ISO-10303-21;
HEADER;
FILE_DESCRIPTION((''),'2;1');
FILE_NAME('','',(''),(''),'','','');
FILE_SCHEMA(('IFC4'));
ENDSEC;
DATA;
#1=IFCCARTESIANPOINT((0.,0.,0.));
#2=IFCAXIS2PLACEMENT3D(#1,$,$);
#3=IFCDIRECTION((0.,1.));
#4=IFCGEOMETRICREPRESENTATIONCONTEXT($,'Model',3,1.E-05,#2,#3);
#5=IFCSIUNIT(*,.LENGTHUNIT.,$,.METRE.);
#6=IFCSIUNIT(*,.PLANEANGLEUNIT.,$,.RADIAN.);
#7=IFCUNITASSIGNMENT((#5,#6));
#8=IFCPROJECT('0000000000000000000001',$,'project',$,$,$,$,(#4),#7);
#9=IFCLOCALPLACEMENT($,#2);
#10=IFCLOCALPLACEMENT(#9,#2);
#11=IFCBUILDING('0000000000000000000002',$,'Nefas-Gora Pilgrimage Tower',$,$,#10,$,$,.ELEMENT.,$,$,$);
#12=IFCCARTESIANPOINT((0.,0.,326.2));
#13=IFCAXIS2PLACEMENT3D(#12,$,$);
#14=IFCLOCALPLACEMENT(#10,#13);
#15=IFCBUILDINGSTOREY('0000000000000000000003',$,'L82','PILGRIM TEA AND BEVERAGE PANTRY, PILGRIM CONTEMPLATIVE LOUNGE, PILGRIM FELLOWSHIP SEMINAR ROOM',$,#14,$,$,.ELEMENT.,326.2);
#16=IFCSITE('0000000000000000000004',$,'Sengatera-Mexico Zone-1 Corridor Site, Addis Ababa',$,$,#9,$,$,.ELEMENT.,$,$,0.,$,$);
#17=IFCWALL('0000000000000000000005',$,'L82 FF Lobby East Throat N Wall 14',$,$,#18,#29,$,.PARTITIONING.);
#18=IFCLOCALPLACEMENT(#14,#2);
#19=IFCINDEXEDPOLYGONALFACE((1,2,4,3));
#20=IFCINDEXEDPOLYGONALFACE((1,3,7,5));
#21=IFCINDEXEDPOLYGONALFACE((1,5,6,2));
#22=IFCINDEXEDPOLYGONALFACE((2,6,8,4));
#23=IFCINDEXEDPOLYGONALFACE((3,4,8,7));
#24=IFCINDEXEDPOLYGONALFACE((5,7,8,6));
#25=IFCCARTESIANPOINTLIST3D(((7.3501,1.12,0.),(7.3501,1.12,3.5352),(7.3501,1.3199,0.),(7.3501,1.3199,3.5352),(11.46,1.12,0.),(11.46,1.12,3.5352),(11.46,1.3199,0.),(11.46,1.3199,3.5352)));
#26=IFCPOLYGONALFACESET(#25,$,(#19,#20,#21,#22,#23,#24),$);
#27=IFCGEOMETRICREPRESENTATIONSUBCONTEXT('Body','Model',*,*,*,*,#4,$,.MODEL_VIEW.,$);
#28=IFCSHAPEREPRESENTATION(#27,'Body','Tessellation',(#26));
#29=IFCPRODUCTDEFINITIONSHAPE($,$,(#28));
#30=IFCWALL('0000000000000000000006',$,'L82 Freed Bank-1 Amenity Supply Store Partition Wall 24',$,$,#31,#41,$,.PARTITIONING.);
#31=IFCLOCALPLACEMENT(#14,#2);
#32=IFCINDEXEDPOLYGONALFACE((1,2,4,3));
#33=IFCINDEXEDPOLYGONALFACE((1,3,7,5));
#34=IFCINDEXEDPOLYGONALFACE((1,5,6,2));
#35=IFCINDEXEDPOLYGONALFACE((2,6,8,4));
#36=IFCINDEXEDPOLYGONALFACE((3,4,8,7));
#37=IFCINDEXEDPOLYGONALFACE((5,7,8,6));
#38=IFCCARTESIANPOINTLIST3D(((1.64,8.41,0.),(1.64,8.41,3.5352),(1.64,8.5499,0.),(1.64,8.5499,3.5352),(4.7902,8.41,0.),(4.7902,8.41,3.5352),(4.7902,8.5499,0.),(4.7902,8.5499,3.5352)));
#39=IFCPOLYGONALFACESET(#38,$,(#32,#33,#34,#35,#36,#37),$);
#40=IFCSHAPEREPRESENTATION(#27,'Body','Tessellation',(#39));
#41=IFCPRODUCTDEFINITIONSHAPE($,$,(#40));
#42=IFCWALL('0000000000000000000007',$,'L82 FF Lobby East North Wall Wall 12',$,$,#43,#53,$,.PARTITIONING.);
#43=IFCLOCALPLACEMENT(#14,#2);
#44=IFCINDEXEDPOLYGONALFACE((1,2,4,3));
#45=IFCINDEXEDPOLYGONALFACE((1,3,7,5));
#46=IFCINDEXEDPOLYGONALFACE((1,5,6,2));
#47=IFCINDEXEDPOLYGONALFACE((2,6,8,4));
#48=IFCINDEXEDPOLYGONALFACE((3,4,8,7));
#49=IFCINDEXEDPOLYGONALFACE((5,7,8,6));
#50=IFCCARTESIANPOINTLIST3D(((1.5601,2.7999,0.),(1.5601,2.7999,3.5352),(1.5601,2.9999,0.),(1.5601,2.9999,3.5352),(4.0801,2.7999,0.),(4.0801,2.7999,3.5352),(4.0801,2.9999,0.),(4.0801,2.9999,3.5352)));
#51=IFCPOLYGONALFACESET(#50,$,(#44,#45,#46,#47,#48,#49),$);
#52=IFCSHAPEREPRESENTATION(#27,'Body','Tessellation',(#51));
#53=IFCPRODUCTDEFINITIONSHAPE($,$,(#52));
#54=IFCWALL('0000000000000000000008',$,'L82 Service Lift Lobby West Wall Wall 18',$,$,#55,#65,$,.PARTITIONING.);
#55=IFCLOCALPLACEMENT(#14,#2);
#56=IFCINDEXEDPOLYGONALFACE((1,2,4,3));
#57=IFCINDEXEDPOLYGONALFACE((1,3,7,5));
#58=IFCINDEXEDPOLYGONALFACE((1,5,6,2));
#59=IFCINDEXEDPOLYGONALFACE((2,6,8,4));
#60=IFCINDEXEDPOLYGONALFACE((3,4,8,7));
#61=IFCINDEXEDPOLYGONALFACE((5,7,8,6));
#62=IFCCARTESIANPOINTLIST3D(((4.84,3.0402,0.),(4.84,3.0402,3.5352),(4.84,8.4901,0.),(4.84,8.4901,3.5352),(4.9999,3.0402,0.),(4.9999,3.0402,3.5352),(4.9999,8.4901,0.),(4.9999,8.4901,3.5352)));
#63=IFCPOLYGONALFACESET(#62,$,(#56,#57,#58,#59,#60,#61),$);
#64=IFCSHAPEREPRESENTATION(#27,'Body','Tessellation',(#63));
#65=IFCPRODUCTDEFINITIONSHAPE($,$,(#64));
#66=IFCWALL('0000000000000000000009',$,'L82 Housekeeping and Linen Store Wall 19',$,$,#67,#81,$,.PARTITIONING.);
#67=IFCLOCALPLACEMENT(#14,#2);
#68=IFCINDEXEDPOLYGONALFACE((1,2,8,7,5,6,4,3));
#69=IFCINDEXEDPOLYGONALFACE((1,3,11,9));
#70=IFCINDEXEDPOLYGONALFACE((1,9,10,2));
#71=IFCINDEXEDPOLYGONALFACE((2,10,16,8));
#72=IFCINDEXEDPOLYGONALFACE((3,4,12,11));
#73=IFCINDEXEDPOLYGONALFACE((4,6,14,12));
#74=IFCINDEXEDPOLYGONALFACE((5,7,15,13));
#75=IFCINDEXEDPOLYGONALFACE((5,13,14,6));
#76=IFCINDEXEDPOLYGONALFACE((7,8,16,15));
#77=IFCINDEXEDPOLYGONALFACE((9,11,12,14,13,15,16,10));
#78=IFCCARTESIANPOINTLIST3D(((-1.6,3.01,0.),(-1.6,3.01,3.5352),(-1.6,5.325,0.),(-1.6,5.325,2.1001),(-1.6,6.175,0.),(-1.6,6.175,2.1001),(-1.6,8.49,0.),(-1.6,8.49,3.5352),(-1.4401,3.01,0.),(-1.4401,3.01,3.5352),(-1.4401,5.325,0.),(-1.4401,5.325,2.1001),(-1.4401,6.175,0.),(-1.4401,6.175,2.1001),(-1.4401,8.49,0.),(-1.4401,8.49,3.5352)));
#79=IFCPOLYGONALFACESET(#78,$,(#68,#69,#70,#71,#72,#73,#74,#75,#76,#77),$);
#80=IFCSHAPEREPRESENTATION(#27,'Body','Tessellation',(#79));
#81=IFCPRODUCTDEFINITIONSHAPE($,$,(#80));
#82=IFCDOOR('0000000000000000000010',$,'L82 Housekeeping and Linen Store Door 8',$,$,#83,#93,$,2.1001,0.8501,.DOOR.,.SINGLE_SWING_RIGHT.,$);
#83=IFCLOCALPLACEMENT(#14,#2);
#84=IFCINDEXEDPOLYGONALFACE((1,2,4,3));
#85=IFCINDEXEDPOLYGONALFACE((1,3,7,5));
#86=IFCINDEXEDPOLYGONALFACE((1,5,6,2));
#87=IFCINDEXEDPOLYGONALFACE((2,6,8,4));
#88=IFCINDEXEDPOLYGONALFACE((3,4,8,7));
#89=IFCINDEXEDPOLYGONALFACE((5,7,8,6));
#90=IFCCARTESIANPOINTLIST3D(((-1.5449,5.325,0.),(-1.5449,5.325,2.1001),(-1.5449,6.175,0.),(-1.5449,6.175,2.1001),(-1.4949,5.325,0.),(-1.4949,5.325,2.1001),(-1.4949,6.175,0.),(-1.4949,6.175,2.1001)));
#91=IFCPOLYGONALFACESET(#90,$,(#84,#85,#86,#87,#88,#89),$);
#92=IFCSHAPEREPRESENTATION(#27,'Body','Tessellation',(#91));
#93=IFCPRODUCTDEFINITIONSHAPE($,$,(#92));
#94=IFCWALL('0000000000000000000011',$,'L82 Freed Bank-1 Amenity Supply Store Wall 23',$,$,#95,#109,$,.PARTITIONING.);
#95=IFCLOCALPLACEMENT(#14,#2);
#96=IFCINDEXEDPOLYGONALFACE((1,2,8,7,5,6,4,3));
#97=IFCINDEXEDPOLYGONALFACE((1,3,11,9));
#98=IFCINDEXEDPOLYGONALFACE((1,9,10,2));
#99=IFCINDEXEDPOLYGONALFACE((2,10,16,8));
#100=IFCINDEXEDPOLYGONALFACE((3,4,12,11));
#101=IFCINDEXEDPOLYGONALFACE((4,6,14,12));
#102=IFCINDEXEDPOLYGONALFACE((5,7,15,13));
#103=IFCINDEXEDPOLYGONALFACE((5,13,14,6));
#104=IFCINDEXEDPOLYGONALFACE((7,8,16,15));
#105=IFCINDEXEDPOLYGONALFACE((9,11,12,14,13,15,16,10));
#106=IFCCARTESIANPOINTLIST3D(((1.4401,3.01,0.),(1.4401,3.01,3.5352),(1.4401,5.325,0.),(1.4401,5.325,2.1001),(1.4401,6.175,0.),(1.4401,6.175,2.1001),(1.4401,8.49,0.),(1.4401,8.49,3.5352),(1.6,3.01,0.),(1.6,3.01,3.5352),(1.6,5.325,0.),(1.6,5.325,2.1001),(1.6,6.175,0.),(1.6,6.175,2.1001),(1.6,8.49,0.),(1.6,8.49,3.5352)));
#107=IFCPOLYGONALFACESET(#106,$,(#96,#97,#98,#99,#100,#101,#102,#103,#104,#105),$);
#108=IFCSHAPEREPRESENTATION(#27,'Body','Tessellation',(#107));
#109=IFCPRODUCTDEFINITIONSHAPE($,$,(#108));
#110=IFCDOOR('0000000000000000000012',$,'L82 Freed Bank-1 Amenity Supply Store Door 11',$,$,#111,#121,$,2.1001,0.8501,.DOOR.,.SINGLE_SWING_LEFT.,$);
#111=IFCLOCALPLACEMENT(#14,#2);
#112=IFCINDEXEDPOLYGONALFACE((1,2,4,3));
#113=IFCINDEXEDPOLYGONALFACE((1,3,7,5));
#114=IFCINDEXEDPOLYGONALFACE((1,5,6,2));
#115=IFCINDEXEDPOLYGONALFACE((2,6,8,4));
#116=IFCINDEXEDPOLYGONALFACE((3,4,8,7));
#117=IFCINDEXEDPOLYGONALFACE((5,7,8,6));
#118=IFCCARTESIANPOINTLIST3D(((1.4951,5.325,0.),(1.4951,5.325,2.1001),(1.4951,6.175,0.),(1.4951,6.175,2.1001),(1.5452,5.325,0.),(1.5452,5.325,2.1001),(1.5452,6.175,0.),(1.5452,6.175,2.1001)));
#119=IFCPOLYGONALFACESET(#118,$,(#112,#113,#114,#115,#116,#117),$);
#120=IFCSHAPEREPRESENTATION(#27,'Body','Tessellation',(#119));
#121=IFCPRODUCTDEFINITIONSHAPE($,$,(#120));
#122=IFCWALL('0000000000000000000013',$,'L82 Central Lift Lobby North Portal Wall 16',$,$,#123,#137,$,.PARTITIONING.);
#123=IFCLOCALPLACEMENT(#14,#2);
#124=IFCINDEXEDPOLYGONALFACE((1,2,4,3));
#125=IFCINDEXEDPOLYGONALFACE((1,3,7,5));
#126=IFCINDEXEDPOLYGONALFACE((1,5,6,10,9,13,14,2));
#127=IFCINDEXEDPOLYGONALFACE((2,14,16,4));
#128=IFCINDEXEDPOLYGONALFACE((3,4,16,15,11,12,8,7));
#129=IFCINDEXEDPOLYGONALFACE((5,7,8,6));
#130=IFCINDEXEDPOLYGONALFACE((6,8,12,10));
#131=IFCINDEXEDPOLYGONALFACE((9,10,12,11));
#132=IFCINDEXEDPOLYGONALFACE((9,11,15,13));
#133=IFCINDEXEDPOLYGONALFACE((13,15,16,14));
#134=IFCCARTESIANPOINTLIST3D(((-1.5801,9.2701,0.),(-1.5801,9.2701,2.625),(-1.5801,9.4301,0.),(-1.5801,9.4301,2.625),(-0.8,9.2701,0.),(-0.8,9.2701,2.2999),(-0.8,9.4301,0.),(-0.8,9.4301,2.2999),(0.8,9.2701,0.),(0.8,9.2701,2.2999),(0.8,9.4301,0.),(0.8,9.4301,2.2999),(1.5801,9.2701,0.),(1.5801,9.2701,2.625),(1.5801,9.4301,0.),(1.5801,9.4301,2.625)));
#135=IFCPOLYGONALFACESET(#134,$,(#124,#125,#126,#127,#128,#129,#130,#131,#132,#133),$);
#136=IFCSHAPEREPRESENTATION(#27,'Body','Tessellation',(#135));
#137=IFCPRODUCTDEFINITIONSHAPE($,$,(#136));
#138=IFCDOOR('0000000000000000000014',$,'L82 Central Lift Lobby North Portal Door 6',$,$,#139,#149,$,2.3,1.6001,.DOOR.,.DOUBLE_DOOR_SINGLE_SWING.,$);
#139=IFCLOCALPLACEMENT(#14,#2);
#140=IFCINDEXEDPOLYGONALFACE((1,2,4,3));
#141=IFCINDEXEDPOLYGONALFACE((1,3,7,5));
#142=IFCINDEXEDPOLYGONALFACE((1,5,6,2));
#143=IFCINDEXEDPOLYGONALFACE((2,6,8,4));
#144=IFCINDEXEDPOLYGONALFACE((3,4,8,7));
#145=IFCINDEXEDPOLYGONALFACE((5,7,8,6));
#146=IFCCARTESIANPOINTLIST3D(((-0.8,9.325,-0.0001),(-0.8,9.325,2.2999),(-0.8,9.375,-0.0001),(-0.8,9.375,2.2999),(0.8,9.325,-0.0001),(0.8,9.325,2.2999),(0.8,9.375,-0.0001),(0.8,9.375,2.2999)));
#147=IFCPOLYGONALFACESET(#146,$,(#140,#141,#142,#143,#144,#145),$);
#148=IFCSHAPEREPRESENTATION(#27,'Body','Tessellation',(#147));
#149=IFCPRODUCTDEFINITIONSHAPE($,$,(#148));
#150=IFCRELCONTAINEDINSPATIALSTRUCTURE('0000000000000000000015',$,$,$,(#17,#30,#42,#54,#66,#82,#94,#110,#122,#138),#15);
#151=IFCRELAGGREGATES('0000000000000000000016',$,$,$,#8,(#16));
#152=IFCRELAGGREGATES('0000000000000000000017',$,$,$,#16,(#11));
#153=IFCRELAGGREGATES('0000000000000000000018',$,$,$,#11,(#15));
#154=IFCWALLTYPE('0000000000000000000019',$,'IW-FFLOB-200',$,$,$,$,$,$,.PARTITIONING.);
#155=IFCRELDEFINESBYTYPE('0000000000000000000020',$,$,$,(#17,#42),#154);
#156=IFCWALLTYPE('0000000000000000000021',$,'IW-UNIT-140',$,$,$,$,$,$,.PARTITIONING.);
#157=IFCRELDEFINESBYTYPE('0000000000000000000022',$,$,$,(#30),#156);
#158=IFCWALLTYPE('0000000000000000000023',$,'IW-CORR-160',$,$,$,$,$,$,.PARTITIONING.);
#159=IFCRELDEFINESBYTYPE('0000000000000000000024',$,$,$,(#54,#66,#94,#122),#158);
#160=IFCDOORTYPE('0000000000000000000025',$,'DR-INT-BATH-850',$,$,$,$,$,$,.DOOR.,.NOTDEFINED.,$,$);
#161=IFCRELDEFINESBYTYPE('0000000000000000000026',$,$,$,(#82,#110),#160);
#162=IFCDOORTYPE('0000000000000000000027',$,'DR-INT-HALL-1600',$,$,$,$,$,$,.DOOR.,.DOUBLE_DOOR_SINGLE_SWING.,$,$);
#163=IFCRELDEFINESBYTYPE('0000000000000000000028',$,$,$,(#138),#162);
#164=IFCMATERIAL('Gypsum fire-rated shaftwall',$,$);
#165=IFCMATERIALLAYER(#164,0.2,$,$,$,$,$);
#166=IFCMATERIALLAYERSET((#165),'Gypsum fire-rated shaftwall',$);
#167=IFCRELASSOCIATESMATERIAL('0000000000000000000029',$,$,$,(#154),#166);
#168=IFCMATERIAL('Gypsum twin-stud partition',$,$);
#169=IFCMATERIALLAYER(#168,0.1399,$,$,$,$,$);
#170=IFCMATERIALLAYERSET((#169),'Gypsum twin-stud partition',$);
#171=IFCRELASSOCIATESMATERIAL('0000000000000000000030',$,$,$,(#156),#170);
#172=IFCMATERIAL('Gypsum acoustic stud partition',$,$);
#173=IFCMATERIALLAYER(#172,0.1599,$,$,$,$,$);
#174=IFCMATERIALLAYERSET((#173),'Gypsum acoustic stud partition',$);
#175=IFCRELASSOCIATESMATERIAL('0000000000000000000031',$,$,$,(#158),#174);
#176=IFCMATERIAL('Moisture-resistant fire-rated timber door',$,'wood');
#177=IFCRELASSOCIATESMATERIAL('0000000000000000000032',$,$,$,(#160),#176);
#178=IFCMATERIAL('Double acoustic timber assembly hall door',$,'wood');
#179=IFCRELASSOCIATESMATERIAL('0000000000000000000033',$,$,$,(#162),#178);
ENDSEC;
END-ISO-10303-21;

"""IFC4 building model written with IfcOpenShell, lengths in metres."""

from ifc_helpers import new_model, si_unit, direction, frame, frame_2d, origin, place, context, subcontext, project, spatial, rectangle, extrude, source, transform, mapped, material, layer, layer_set, type_object, element, fill, save


model = new_model("IFC4")

# Units and contexts
model_context = context("Model", 3, precision=1e-05, world=origin(), true_north=direction((0.0, 1.0)))
body_context = subcontext(model_context, "Body", "Model", "MODEL_VIEW")
ifc_project = project(units=[si_unit("LENGTHUNIT", "METRE"), si_unit("PLANEANGLEUNIT", "RADIAN")], contexts=[model_context])

# Site, building, storey
site_placement = place(None, origin())
site = spatial("IfcSite", under=ifc_project, at=site_placement, Name="Sengatera-Mexico Zone-1 Corridor Site, Addis Ababa", CompositionType="ELEMENT", RefElevation=0.0)
building_placement = place(site_placement, origin())
building = spatial("IfcBuilding", under=site, at=building_placement, Name="Nefas-Gora Pilgrimage Tower", CompositionType="ELEMENT")
storey_placement = place(building_placement, frame((0.0, 0.0, 326.2)))
storey = spatial("IfcBuildingStorey", under=building, at=storey_placement, Name="L82", Description="PILGRIM TEA AND BEVERAGE PANTRY, PILGRIM CONTEMPLATIVE LOUNGE, PILGRIM FELLOWSHIP SEMINAR ROOM", CompositionType="ELEMENT", Elevation=326.2)

# Shared definitions
ifc_material_1 = material(Name="Gypsum fire-rated shaftwall")
ifc_layer_1 = layer(ifc_material_1, 0.2)
ifc_layer_set_1 = layer_set([ifc_layer_1], Name="Gypsum fire-rated shaftwall")
wall_type_1 = type_object("IfcWallType", Name="IW-FFLOB-200", PredefinedType="PARTITIONING", material=ifc_layer_set_1)

# Walls
shared_shape_1 = source(origin(), body_context, "Body", "SweptSolid", [
    extrude(rectangle(XDim=4.1099, YDim=0.2, at=frame_2d((2.0549, 0.0))), origin(), (0.0, 0.0, 1.0), 3.5352),
])
wall_1_placement = place(storey_placement, frame((7.3501, 1.22, 0.0), z_axis=(0.0, 0.0, 1.0), x_axis=(1.0, 0.0, 0.0)))
element("IfcWall", 1, at=wall_1_placement, inside=storey, type_object=wall_type_1, Name="L82 FF Lobby East Throat N Wall 14", PredefinedType="PARTITIONING", context=body_context, shape_type="MappedRepresentation", body=[
    mapped(shared_shape_1, transform((0.0, 0.0, 0.0), x_axis=(1.0, 0.0, 0.0), y_axis=(0.0, 1.0, 0.0), z_axis=(0.0, 0.0, 1.0), scale=1.0)),
])
ifc_material_2 = material(Name="Gypsum twin-stud partition")
ifc_layer_2 = layer(ifc_material_2, 0.1399)
ifc_layer_set_2 = layer_set([ifc_layer_2], Name="Gypsum twin-stud partition")
wall_type_2 = type_object("IfcWallType", Name="IW-UNIT-140", PredefinedType="PARTITIONING", material=ifc_layer_set_2)
shared_shape_2 = source(origin(), body_context, "Body", "SweptSolid", [
    extrude(rectangle(XDim=3.1501, YDim=0.1399, at=frame_2d((1.5752, 0.0))), origin(), (0.0, 0.0, 1.0), 3.5352),
])
wall_2_placement = place(storey_placement, frame((1.6399, 8.48, 0.0), z_axis=(0.0, 0.0, 1.0), x_axis=(1.0, 0.0, 0.0)))
element("IfcWall", 2, at=wall_2_placement, inside=storey, type_object=wall_type_2, Name="L82 Freed Bank-1 Amenity Supply Store Partition Wall 24", PredefinedType="PARTITIONING", context=body_context, shape_type="MappedRepresentation", body=[
    mapped(shared_shape_2, transform((0.0, 0.0, 0.0), x_axis=(1.0, 0.0, 0.0), y_axis=(0.0, 1.0, 0.0), z_axis=(0.0, 0.0, 1.0), scale=1.0)),
])
shared_shape_3 = source(origin(), body_context, "Body", "SweptSolid", [
    extrude(rectangle(XDim=2.52, YDim=0.2, at=frame_2d((1.26, 0.0))), origin(), (0.0, 0.0, 1.0), 3.5352),
])
wall_3_placement = place(storey_placement, frame((1.5601, 2.8999, 0.0), z_axis=(0.0, 0.0, 1.0), x_axis=(1.0, 0.0, 0.0)))
element("IfcWall", 3, at=wall_3_placement, inside=storey, type_object=wall_type_1, Name="L82 FF Lobby East North Wall Wall 12", PredefinedType="PARTITIONING", context=body_context, shape_type="MappedRepresentation", body=[
    mapped(shared_shape_3, transform((0.0, 0.0, 0.0), x_axis=(1.0, 0.0, 0.0), y_axis=(0.0, 1.0, 0.0), z_axis=(0.0, 0.0, 1.0), scale=1.0)),
])
ifc_material_3 = material(Name="Gypsum acoustic stud partition")
ifc_layer_3 = layer(ifc_material_3, 0.1599)
ifc_layer_set_3 = layer_set([ifc_layer_3], Name="Gypsum acoustic stud partition")
wall_type_3 = type_object("IfcWallType", Name="IW-CORR-160", PredefinedType="PARTITIONING", material=ifc_layer_set_3)
shared_shape_4 = source(origin(), body_context, "Body", "SweptSolid", [
    extrude(rectangle(XDim=5.45, YDim=0.1599, at=frame_2d((2.7251, 0.0))), origin(), (0.0, 0.0, 1.0), 3.5352),
])
wall_4_placement = place(storey_placement, frame((4.9199, 3.04, 0.0), z_axis=(0.0, 0.0, 1.0), x_axis=(0.0, 1.0, 0.0)))
element("IfcWall", 4, at=wall_4_placement, inside=storey, type_object=wall_type_3, Name="L82 Service Lift Lobby West Wall Wall 18", PredefinedType="PARTITIONING", context=body_context, shape_type="MappedRepresentation", body=[
    mapped(shared_shape_4, transform((0.0, 0.0, 0.0), x_axis=(1.0, 0.0, 0.0), y_axis=(0.0, 1.0, 0.0), z_axis=(0.0, 0.0, 1.0), scale=1.0)),
])

# Walls, openings, doors
shared_shape_5 = source(origin(), body_context, "Body", "SweptSolid", [
    extrude(rectangle(XDim=5.48, YDim=0.1599, at=frame_2d((2.74, 0.0))), origin(), (0.0, 0.0, 1.0), 3.5352),
])
wall_5_placement = place(storey_placement, frame((-1.52, 3.01, 0.0), z_axis=(0.0, 0.0, 1.0), x_axis=(0.0, 1.0, 0.0)))
wall_5 = element("IfcWall", 5, at=wall_5_placement, inside=storey, type_object=wall_type_3, Name="L82 Housekeeping and Linen Store Wall 19", PredefinedType="PARTITIONING", context=body_context, shape_type="MappedRepresentation", body=[
    mapped(shared_shape_5, transform((0.0, 0.0, 0.0), x_axis=(1.0, 0.0, 0.0), y_axis=(0.0, 1.0, 0.0), z_axis=(0.0, 0.0, 1.0), scale=1.0)),
])
opening_1_placement = place(wall_5_placement, frame((2.3149, 0.0, 0.0)))
opening_1 = element("IfcOpeningElement", 6, at=opening_1_placement, cuts=wall_5, PredefinedType="OPENING", context=body_context, shape_type="SweptSolid", body=[
    extrude(rectangle(XDim=0.8501, YDim=2.1001, at=frame_2d((0.425, 1.05))), frame((0.0, 0.0898, 0.0), z_axis=(0.0, -1.0, 0.0), x_axis=(1.0, 0.0, 0.0)), (0.0, 0.0, 1.0), 0.1799),
])
ifc_material_4 = material(Name="Moisture-resistant fire-rated timber door", Category="wood")
door_type_1 = type_object("IfcDoorType", Name="DR-INT-BATH-850", OperationType="NOTDEFINED", PredefinedType="DOOR", material=ifc_material_4)
shared_shape_6 = source(origin(), body_context, "Body", "SweptSolid", [
    extrude(rectangle(XDim=0.8501, YDim=2.1001, at=frame_2d((0.425, 1.05))), frame((0.0, 0.0249, 0.0), z_axis=(0.0, -1.0, 0.0), x_axis=(1.0, 0.0, 0.0)), (0.0, 0.0, 1.0), 0.05),
])
door_1_placement = place(opening_1_placement, origin())
door_1 = element("IfcDoor", 7, at=door_1_placement, inside=storey, type_object=door_type_1, Name="L82 Housekeeping and Linen Store Door 8", OperationType="SINGLE_SWING_RIGHT", OverallHeight=2.1001, OverallWidth=0.8501, PredefinedType="DOOR", context=body_context, shape_type="MappedRepresentation", body=[
    mapped(shared_shape_6, transform((0.0, 0.0, 0.0), x_axis=(1.0, 0.0, 0.0), y_axis=(0.0, 1.0, 0.0), z_axis=(0.0, 0.0, 1.0), scale=1.0)),
])
fill(opening_1, door_1)
wall_6_placement = place(storey_placement, frame((1.52, 3.01, 0.0), z_axis=(0.0, 0.0, 1.0), x_axis=(0.0, 1.0, 0.0)))
wall_6 = element("IfcWall", 8, at=wall_6_placement, inside=storey, type_object=wall_type_3, Name="L82 Freed Bank-1 Amenity Supply Store Wall 23", PredefinedType="PARTITIONING", context=body_context, shape_type="MappedRepresentation", body=[
    mapped(shared_shape_5, transform((0.0, 0.0, 0.0), x_axis=(1.0, 0.0, 0.0), y_axis=(0.0, 1.0, 0.0), z_axis=(0.0, 0.0, 1.0), scale=1.0)),
])
opening_2_placement = place(wall_6_placement, frame((2.3149, 0.0, 0.0)))
opening_2 = element("IfcOpeningElement", 9, at=opening_2_placement, cuts=wall_6, PredefinedType="OPENING", context=body_context, shape_type="SweptSolid", body=[
    extrude(rectangle(XDim=0.8501, YDim=2.1001, at=frame_2d((0.425, 1.05))), frame((0.0, 0.0898, 0.0), z_axis=(0.0, -1.0, 0.0), x_axis=(1.0, 0.0, 0.0)), (0.0, 0.0, 1.0), 0.1799),
])
door_2_placement = place(opening_2_placement, origin())
door_2 = element("IfcDoor", 10, at=door_2_placement, inside=storey, type_object=door_type_1, Name="L82 Freed Bank-1 Amenity Supply Store Door 11", OperationType="SINGLE_SWING_LEFT", OverallHeight=2.1001, OverallWidth=0.8501, PredefinedType="DOOR", context=body_context, shape_type="MappedRepresentation", body=[
    mapped(shared_shape_6, transform((0.0, 0.0, 0.0), x_axis=(1.0, 0.0, 0.0), y_axis=(0.0, 1.0, 0.0), z_axis=(0.0, 0.0, 1.0), scale=1.0)),
])
fill(opening_2, door_2)
shared_shape_7 = source(origin(), body_context, "Body", "SweptSolid", [
    extrude(rectangle(XDim=3.1602, YDim=0.1599, at=frame_2d((1.5801, 0.0))), origin(), (0.0, 0.0, 1.0), 2.625),
])
wall_7_placement = place(storey_placement, frame((-1.5801, 9.3501, 0.0), z_axis=(0.0, 0.0, 1.0), x_axis=(1.0, 0.0, 0.0)))
wall_7 = element("IfcWall", 11, at=wall_7_placement, inside=storey, type_object=wall_type_3, Name="L82 Central Lift Lobby North Portal Wall 16", PredefinedType="PARTITIONING", context=body_context, shape_type="MappedRepresentation", body=[
    mapped(shared_shape_7, transform((0.0, 0.0, 0.0), x_axis=(1.0, 0.0, 0.0), y_axis=(0.0, 1.0, 0.0), z_axis=(0.0, 0.0, 1.0), scale=1.0)),
])
opening_3_placement = place(wall_7_placement, frame((0.78, 0.0, 0.0)))
opening_3 = element("IfcOpeningElement", 12, at=opening_3_placement, cuts=wall_7, PredefinedType="OPENING", context=body_context, shape_type="SweptSolid", body=[
    extrude(rectangle(XDim=1.6001, YDim=2.3, at=frame_2d((0.8, 1.1499))), frame((0.0, 0.0898, 0.0), z_axis=(0.0, -1.0, 0.0), x_axis=(1.0, 0.0, 0.0)), (0.0, 0.0, 1.0), 0.1799),
])
ifc_material_5 = material(Name="Double acoustic timber assembly hall door", Category="wood")
door_type_2 = type_object("IfcDoorType", Name="DR-INT-HALL-1600", OperationType="DOUBLE_DOOR_SINGLE_SWING", PredefinedType="DOOR", material=ifc_material_5)
shared_shape_8 = source(origin(), body_context, "Body", "SweptSolid", [
    extrude(rectangle(XDim=1.6001, YDim=2.3, at=frame_2d((0.8, 1.1499))), frame((0.0, 0.0249, 0.0), z_axis=(0.0, -1.0, 0.0), x_axis=(1.0, 0.0, 0.0)), (0.0, 0.0, 1.0), 0.05),
])
door_3_placement = place(opening_3_placement, origin())
door_3 = element("IfcDoor", 13, at=door_3_placement, inside=storey, type_object=door_type_2, Name="L82 Central Lift Lobby North Portal Door 6", OperationType="DOUBLE_DOOR_SINGLE_SWING", OverallHeight=2.3, OverallWidth=1.6001, PredefinedType="DOOR", context=body_context, shape_type="MappedRepresentation", body=[
    mapped(shared_shape_8, transform((0.0, 0.0, 0.0), x_axis=(1.0, 0.0, 0.0), y_axis=(0.0, 1.0, 0.0), z_axis=(0.0, 0.0, 1.0), scale=1.0)),
])
fill(opening_3, door_3)

save(model, "model.ifc")
